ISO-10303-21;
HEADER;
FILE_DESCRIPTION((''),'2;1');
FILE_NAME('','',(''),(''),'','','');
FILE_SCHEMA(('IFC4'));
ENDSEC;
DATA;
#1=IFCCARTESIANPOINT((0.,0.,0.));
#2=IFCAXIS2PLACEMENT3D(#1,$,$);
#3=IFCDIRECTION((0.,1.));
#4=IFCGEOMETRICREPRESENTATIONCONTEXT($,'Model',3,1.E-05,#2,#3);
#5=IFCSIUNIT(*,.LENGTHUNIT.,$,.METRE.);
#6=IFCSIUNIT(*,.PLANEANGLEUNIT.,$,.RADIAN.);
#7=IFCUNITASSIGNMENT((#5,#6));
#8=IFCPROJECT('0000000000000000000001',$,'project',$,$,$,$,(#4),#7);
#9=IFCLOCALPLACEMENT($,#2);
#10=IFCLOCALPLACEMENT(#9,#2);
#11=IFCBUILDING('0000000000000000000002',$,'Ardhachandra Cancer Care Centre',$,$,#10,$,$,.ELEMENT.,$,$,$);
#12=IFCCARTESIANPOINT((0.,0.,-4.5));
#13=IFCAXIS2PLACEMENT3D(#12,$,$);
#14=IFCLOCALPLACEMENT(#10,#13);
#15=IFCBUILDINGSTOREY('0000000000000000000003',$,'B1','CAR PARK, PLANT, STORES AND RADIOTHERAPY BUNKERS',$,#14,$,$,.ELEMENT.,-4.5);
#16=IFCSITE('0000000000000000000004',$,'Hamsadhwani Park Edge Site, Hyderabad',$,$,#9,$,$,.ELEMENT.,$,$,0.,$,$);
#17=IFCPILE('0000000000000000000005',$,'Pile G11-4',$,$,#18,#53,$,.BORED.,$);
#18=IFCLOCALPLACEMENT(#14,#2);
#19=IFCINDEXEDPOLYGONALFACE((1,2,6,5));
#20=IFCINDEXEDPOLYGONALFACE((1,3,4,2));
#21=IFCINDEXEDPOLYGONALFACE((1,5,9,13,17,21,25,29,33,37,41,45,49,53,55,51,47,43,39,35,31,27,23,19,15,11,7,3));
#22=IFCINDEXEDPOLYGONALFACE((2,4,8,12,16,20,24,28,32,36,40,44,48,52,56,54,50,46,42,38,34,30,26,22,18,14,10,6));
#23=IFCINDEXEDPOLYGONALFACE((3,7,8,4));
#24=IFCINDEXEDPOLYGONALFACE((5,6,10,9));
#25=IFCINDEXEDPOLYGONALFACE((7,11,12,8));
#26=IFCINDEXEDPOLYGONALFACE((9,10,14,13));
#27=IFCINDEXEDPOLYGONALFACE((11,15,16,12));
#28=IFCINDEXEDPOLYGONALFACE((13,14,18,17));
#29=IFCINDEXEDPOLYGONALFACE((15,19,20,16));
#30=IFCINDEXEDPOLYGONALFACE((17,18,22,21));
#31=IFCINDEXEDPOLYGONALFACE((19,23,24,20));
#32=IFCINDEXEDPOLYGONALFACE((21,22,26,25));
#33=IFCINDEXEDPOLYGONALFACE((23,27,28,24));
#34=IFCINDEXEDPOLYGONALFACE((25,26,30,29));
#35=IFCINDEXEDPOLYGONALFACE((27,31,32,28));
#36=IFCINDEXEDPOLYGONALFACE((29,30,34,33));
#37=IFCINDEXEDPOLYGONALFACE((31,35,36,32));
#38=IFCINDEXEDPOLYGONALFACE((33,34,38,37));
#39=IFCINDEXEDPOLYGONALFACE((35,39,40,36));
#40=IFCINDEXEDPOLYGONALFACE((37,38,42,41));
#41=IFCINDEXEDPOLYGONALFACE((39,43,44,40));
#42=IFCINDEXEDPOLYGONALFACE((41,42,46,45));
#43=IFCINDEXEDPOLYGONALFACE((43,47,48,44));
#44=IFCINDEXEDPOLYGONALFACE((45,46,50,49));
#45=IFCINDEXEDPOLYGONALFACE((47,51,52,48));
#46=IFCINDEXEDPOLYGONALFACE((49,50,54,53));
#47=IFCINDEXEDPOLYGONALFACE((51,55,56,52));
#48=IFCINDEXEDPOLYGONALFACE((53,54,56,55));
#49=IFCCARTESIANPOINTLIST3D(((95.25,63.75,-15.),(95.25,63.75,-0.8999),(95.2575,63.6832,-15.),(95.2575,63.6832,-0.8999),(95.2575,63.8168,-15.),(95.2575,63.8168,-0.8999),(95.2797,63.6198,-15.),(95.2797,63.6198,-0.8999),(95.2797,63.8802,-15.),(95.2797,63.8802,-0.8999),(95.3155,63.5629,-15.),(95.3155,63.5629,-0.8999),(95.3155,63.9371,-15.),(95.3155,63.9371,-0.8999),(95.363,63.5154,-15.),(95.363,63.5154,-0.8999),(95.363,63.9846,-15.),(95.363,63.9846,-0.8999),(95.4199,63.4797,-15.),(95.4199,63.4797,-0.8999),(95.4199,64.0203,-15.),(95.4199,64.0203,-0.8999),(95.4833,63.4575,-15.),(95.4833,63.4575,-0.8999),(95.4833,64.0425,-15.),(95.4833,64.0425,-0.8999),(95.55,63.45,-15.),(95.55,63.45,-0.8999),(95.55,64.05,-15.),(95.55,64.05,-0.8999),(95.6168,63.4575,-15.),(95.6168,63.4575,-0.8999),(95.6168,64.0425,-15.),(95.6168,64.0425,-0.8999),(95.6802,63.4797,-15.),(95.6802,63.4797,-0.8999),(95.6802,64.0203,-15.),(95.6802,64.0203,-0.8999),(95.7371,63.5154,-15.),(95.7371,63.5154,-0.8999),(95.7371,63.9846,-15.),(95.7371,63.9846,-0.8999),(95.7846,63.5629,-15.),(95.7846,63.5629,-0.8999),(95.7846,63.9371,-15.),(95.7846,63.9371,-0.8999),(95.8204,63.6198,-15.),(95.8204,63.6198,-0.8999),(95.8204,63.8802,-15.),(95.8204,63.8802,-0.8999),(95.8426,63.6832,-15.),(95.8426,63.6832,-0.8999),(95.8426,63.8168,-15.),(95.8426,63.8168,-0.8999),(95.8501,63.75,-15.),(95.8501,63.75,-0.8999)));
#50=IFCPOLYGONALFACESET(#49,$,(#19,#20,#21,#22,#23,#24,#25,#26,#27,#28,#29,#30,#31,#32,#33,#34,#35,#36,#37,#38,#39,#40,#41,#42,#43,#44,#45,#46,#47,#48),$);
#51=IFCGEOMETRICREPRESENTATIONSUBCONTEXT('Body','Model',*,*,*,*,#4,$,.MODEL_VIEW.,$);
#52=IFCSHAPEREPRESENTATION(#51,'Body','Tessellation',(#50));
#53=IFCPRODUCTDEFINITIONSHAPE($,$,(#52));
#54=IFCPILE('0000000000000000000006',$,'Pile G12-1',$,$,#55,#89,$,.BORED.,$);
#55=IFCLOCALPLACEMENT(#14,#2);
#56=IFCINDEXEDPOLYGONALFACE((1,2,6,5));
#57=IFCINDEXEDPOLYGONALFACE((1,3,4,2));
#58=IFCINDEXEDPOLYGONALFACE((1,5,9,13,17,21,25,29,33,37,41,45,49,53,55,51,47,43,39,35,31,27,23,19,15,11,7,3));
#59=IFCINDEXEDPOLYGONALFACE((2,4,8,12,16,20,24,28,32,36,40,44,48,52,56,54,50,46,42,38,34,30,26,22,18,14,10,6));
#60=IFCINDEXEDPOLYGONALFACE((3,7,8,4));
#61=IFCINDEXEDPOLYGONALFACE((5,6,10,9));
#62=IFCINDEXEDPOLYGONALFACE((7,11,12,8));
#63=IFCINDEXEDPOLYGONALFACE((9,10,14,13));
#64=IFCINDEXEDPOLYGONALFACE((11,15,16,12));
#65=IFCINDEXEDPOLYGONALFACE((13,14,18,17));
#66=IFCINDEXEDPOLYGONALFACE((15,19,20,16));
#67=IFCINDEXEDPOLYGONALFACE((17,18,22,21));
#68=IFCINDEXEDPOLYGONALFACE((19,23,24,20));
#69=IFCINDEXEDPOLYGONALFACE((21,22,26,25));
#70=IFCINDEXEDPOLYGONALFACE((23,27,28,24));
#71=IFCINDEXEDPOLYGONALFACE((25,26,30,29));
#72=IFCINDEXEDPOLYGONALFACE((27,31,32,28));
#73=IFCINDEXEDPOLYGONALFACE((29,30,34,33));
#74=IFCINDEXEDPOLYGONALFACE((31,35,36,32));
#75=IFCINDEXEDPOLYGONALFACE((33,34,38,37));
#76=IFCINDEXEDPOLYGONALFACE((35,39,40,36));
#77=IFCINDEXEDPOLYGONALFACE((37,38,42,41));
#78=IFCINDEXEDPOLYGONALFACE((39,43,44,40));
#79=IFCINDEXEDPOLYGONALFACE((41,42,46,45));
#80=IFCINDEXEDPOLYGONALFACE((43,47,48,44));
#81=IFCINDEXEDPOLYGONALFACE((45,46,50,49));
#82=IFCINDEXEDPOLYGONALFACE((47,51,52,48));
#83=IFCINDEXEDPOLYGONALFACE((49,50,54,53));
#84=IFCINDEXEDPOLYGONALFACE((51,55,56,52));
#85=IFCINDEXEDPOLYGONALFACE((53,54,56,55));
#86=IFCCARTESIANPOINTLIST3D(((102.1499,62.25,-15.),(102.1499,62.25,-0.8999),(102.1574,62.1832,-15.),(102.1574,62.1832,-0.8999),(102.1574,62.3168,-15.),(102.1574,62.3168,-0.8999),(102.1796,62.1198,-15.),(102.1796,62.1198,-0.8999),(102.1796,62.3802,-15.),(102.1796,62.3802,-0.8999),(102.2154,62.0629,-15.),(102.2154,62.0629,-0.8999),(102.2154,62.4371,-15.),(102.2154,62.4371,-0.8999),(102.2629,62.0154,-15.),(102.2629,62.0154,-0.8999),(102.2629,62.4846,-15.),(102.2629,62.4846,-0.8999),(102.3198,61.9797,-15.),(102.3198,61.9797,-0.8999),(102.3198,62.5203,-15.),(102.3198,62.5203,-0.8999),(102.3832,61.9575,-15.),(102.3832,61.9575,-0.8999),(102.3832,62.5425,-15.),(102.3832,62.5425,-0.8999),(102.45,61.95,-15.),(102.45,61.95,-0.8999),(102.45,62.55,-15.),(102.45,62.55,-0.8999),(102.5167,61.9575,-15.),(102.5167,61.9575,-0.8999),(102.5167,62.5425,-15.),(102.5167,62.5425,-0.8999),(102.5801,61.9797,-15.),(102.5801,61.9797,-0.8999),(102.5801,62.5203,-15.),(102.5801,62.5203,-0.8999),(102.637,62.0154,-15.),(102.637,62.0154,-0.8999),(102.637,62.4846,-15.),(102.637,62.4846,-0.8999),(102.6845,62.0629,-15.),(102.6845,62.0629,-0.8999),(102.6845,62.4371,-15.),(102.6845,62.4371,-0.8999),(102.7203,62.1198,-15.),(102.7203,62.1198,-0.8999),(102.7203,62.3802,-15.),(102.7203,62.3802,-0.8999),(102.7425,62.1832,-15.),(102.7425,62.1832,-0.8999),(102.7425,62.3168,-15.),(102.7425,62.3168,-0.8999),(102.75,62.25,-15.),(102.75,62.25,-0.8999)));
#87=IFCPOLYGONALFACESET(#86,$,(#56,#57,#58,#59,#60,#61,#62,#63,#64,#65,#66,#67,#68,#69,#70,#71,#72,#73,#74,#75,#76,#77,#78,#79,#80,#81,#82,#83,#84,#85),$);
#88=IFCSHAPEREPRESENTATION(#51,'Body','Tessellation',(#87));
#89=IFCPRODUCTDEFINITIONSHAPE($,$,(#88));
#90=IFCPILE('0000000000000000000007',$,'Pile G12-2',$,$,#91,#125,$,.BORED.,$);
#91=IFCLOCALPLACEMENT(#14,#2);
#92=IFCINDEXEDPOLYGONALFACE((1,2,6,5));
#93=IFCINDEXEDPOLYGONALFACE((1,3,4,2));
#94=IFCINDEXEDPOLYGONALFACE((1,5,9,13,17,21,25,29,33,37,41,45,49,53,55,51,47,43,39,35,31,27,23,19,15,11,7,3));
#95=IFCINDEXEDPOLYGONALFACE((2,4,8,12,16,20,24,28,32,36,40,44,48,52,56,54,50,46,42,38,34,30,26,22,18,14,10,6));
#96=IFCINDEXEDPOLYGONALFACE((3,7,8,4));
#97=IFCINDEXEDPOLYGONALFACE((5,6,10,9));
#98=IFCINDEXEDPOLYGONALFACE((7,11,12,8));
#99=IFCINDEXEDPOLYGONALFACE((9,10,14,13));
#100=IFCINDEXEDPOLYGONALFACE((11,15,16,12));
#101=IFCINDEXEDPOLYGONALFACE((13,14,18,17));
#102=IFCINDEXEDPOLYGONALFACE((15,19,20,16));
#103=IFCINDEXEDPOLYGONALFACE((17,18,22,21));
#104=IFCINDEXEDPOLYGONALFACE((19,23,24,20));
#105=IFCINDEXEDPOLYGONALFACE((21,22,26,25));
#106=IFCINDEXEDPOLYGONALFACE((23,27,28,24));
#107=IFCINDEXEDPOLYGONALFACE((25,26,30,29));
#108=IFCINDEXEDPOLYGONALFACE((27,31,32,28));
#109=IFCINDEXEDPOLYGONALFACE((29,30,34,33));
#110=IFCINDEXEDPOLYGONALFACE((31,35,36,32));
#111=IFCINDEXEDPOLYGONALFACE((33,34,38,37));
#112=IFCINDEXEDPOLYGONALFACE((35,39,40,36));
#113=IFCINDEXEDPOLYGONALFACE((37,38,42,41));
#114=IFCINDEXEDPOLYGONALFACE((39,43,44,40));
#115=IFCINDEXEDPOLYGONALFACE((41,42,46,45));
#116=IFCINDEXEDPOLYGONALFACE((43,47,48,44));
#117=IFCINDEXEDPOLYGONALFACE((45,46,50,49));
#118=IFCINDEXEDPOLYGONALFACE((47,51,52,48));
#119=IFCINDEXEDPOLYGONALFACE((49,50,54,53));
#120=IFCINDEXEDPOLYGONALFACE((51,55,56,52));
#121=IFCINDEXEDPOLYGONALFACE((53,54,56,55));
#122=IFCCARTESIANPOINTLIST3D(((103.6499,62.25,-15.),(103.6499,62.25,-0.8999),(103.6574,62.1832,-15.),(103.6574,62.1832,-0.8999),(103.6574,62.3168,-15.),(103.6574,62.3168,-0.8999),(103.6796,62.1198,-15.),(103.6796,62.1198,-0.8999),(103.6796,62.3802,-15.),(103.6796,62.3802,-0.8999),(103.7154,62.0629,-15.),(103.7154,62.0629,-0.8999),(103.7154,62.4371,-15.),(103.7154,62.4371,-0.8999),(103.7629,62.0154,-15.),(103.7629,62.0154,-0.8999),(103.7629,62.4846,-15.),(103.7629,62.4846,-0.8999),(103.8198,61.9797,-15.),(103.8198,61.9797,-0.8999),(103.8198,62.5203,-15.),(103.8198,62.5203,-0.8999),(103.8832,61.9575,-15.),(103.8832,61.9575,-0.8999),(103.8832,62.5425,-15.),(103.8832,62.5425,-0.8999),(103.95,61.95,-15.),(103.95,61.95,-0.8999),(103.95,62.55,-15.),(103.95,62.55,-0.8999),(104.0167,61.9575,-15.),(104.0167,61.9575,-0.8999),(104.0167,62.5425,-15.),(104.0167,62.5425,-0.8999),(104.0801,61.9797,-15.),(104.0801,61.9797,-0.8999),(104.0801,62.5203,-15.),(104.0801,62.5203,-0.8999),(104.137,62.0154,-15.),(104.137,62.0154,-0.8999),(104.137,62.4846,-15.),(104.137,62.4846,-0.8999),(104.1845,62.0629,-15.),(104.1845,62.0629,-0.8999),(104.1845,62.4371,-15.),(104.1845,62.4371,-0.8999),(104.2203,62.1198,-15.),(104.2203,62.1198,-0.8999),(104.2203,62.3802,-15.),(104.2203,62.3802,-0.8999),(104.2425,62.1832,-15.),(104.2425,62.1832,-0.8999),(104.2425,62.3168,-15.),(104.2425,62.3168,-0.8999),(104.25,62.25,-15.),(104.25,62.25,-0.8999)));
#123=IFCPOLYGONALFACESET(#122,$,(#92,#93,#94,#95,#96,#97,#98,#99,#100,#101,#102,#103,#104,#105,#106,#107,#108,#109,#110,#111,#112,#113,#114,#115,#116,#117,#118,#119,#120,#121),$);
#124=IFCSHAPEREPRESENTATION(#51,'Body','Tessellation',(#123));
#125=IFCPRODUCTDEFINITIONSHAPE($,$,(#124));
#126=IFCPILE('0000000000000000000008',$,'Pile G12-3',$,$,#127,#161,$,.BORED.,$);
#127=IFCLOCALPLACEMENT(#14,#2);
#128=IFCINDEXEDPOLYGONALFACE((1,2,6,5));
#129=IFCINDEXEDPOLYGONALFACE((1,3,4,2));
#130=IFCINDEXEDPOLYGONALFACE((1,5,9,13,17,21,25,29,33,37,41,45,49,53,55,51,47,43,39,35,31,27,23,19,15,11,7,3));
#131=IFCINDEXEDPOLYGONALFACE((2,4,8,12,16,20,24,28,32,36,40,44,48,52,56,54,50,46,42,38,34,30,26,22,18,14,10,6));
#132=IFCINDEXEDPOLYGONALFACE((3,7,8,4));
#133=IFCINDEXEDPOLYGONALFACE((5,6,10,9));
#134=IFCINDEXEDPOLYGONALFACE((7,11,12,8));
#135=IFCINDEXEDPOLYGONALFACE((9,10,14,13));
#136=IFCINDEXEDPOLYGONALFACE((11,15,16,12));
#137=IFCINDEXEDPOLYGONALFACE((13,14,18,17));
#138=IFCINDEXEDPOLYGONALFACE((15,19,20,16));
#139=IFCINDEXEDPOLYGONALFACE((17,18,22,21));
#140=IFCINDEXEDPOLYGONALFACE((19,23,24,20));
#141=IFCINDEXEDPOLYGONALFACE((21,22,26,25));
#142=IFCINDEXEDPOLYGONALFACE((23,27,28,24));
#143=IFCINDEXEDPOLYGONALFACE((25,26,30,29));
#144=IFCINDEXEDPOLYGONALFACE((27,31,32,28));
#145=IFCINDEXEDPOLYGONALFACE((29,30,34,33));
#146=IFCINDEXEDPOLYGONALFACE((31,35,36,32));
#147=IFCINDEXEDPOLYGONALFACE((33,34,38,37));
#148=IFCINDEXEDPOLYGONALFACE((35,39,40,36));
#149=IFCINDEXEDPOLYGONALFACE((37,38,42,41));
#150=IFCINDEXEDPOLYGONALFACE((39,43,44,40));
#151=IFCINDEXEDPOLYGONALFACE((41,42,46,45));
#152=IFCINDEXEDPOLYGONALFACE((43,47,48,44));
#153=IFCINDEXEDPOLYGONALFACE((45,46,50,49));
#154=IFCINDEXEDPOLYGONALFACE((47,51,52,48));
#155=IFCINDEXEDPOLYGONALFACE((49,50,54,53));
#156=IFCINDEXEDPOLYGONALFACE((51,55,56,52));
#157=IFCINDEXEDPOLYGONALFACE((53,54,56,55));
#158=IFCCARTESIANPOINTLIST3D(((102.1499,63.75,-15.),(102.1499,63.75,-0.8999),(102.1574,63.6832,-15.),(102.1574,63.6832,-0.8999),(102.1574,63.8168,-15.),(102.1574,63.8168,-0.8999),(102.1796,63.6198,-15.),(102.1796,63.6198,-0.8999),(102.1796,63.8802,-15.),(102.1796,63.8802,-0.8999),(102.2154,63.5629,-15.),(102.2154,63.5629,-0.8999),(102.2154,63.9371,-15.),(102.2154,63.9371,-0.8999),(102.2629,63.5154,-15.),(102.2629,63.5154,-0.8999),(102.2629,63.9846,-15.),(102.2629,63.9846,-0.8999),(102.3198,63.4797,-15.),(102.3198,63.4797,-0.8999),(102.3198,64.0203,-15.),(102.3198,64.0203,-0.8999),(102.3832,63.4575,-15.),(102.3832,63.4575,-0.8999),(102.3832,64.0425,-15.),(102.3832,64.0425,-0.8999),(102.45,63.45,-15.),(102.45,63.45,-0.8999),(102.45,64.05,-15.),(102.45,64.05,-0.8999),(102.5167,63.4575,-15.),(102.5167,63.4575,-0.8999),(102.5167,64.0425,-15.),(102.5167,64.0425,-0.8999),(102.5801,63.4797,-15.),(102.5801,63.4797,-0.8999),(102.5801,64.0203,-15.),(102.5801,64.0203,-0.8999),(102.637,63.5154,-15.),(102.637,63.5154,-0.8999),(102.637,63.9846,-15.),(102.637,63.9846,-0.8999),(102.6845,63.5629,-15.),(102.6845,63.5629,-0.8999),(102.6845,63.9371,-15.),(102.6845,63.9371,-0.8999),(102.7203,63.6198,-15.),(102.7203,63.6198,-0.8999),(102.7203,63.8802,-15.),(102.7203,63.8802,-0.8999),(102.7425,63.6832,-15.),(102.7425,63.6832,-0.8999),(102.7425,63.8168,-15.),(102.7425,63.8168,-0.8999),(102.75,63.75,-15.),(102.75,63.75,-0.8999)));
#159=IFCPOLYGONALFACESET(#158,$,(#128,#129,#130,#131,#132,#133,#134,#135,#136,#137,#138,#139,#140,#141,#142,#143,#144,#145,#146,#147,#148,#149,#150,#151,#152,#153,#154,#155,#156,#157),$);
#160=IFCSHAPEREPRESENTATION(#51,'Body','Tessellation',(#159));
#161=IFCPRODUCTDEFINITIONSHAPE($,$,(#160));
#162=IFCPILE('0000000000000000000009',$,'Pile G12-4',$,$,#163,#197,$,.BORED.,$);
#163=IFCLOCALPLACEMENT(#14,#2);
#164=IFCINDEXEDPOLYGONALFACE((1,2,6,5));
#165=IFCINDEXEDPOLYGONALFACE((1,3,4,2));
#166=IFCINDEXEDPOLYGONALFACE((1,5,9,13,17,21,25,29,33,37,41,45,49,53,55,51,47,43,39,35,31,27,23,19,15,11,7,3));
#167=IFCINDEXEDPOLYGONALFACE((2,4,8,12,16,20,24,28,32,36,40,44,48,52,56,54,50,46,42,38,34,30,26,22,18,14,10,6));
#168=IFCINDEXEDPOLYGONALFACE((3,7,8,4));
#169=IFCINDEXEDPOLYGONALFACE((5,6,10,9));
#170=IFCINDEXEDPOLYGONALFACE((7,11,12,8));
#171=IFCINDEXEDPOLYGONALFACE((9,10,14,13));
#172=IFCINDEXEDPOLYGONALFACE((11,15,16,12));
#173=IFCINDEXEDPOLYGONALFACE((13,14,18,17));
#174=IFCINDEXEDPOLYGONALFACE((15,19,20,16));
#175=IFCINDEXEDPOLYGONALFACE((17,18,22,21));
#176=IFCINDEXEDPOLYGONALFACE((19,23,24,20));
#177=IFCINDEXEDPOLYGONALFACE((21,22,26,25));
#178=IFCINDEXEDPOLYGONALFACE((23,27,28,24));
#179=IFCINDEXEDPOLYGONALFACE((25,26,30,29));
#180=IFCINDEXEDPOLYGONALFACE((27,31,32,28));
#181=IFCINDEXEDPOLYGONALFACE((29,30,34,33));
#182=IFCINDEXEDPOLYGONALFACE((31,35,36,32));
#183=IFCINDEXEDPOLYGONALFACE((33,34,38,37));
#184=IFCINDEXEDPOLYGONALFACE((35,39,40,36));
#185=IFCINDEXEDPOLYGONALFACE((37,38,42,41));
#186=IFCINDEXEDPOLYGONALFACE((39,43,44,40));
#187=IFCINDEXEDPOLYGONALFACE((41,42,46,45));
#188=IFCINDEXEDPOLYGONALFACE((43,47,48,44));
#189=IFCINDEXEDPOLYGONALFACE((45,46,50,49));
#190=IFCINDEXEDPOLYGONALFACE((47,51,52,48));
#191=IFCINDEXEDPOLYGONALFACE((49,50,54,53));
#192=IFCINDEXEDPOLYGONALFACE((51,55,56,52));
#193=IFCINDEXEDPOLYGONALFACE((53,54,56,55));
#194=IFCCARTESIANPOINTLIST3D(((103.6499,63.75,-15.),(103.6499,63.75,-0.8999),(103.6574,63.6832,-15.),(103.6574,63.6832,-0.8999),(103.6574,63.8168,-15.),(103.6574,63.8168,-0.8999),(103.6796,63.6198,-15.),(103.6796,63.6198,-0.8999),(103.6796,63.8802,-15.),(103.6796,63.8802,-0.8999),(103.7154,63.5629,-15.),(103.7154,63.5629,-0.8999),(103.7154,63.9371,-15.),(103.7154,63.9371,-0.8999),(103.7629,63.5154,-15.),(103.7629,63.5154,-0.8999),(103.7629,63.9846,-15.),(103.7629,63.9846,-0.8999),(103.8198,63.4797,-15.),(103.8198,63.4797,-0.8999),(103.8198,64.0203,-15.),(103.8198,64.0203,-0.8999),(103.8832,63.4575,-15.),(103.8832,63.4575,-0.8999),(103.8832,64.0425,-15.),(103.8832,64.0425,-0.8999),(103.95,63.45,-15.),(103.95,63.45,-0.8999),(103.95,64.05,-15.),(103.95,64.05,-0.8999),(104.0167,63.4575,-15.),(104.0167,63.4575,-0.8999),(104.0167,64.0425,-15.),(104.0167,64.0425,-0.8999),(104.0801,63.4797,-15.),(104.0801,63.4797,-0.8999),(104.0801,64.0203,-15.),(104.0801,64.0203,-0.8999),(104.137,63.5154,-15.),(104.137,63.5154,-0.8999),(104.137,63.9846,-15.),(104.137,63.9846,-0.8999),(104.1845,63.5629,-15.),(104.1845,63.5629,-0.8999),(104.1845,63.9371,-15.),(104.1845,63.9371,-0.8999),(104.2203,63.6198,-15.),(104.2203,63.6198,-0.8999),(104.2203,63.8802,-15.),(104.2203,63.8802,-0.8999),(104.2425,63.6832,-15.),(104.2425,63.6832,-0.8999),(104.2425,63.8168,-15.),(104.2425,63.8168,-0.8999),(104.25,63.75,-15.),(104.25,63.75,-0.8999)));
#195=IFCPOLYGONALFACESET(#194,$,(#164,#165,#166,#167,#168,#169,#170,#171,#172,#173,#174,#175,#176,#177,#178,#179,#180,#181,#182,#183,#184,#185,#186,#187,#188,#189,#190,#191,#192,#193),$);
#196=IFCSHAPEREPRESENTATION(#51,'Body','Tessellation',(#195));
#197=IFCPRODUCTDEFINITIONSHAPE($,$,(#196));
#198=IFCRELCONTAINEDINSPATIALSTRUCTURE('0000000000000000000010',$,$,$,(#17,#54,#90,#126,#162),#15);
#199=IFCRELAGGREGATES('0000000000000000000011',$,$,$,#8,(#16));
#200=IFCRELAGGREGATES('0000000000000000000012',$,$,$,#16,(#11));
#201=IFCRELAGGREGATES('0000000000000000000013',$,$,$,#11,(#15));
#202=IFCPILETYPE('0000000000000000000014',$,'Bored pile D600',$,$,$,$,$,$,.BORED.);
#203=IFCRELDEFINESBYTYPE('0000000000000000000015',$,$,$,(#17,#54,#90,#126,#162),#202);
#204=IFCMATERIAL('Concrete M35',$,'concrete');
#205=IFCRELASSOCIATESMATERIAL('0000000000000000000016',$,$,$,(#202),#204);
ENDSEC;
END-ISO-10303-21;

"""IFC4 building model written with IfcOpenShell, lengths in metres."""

from ifc_helpers import new_model, si_unit, direction, frame, origin, origin_2d, place, context, subcontext, project, spatial, circle, extrude, material, material_profile, profile_set, type_object, element, save


model = new_model("IFC4")

# Units and contexts
model_context = context("Model", 3, precision=1e-05, world=origin(), true_north=direction((0.0, 1.0)))
body_context = subcontext(model_context, "Body", "Model", "MODEL_VIEW")
ifc_project = project(units=[si_unit("LENGTHUNIT", "METRE"), si_unit("PLANEANGLEUNIT", "RADIAN")], contexts=[model_context])

# Site, building, storey
site_placement = place(None, origin())
site = spatial("IfcSite", under=ifc_project, at=site_placement, Name="Hamsadhwani Park Edge Site, Hyderabad", CompositionType="ELEMENT", RefElevation=0.0)
building_placement = place(site_placement, origin())
building = spatial("IfcBuilding", under=site, at=building_placement, Name="Ardhachandra Cancer Care Centre", CompositionType="ELEMENT")
storey_placement = place(building_placement, frame((0.0, 0.0, -4.5)))
storey = spatial("IfcBuildingStorey", under=building, at=storey_placement, Name="B1", Description="CAR PARK, PLANT, STORES AND RADIOTHERAPY BUNKERS", CompositionType="ELEMENT", Elevation=-4.5)

# Piles
ifc_material_1 = material(Name="Concrete M35", Category="concrete")
ifc_material_profile_1 = material_profile(ifc_material_1, circle(Radius=0.3, at=origin_2d()), Name="D600")
ifc_profile_set_1 = profile_set([ifc_material_profile_1], Name="Concrete M35")
pile_type = type_object("IfcPileType", Name="Bored pile D600", PredefinedType="BORED", material=ifc_profile_set_1)
for number, where, z_axis, x_axis, name in (
    (1, (95.55, 63.75, -0.8999), (0.0, 0.0, -1.0), (1.0, 0.0, 0.0), "Pile G11-4"),
    (2, (102.45, 62.25, -0.8999), (0.0, 0.0, -1.0), (1.0, 0.0, 0.0), "Pile G12-1"),
    (3, (103.95, 62.25, -0.8999), (0.0, 0.0, -1.0), (1.0, 0.0, 0.0), "Pile G12-2"),
    (4, (102.45, 63.75, -0.8999), (0.0, 0.0, -1.0), (1.0, 0.0, 0.0), "Pile G12-3"),
    (5, (103.95, 63.75, -0.8999), (0.0, 0.0, -1.0), (1.0, 0.0, 0.0), "Pile G12-4"),
):
    element("IfcPile", number, at=place(storey_placement, frame(where, z_axis=z_axis, x_axis=x_axis)), inside=storey, type_object=pile_type, Name=name, PredefinedType="BORED", context=body_context, shape_type="SweptSolid", body=[
        extrude(circle(Radius=0.3, at=origin_2d()), origin(), (0.0, 0.0, 1.0), 14.1001),
    ])

save(model, "model.ifc")
